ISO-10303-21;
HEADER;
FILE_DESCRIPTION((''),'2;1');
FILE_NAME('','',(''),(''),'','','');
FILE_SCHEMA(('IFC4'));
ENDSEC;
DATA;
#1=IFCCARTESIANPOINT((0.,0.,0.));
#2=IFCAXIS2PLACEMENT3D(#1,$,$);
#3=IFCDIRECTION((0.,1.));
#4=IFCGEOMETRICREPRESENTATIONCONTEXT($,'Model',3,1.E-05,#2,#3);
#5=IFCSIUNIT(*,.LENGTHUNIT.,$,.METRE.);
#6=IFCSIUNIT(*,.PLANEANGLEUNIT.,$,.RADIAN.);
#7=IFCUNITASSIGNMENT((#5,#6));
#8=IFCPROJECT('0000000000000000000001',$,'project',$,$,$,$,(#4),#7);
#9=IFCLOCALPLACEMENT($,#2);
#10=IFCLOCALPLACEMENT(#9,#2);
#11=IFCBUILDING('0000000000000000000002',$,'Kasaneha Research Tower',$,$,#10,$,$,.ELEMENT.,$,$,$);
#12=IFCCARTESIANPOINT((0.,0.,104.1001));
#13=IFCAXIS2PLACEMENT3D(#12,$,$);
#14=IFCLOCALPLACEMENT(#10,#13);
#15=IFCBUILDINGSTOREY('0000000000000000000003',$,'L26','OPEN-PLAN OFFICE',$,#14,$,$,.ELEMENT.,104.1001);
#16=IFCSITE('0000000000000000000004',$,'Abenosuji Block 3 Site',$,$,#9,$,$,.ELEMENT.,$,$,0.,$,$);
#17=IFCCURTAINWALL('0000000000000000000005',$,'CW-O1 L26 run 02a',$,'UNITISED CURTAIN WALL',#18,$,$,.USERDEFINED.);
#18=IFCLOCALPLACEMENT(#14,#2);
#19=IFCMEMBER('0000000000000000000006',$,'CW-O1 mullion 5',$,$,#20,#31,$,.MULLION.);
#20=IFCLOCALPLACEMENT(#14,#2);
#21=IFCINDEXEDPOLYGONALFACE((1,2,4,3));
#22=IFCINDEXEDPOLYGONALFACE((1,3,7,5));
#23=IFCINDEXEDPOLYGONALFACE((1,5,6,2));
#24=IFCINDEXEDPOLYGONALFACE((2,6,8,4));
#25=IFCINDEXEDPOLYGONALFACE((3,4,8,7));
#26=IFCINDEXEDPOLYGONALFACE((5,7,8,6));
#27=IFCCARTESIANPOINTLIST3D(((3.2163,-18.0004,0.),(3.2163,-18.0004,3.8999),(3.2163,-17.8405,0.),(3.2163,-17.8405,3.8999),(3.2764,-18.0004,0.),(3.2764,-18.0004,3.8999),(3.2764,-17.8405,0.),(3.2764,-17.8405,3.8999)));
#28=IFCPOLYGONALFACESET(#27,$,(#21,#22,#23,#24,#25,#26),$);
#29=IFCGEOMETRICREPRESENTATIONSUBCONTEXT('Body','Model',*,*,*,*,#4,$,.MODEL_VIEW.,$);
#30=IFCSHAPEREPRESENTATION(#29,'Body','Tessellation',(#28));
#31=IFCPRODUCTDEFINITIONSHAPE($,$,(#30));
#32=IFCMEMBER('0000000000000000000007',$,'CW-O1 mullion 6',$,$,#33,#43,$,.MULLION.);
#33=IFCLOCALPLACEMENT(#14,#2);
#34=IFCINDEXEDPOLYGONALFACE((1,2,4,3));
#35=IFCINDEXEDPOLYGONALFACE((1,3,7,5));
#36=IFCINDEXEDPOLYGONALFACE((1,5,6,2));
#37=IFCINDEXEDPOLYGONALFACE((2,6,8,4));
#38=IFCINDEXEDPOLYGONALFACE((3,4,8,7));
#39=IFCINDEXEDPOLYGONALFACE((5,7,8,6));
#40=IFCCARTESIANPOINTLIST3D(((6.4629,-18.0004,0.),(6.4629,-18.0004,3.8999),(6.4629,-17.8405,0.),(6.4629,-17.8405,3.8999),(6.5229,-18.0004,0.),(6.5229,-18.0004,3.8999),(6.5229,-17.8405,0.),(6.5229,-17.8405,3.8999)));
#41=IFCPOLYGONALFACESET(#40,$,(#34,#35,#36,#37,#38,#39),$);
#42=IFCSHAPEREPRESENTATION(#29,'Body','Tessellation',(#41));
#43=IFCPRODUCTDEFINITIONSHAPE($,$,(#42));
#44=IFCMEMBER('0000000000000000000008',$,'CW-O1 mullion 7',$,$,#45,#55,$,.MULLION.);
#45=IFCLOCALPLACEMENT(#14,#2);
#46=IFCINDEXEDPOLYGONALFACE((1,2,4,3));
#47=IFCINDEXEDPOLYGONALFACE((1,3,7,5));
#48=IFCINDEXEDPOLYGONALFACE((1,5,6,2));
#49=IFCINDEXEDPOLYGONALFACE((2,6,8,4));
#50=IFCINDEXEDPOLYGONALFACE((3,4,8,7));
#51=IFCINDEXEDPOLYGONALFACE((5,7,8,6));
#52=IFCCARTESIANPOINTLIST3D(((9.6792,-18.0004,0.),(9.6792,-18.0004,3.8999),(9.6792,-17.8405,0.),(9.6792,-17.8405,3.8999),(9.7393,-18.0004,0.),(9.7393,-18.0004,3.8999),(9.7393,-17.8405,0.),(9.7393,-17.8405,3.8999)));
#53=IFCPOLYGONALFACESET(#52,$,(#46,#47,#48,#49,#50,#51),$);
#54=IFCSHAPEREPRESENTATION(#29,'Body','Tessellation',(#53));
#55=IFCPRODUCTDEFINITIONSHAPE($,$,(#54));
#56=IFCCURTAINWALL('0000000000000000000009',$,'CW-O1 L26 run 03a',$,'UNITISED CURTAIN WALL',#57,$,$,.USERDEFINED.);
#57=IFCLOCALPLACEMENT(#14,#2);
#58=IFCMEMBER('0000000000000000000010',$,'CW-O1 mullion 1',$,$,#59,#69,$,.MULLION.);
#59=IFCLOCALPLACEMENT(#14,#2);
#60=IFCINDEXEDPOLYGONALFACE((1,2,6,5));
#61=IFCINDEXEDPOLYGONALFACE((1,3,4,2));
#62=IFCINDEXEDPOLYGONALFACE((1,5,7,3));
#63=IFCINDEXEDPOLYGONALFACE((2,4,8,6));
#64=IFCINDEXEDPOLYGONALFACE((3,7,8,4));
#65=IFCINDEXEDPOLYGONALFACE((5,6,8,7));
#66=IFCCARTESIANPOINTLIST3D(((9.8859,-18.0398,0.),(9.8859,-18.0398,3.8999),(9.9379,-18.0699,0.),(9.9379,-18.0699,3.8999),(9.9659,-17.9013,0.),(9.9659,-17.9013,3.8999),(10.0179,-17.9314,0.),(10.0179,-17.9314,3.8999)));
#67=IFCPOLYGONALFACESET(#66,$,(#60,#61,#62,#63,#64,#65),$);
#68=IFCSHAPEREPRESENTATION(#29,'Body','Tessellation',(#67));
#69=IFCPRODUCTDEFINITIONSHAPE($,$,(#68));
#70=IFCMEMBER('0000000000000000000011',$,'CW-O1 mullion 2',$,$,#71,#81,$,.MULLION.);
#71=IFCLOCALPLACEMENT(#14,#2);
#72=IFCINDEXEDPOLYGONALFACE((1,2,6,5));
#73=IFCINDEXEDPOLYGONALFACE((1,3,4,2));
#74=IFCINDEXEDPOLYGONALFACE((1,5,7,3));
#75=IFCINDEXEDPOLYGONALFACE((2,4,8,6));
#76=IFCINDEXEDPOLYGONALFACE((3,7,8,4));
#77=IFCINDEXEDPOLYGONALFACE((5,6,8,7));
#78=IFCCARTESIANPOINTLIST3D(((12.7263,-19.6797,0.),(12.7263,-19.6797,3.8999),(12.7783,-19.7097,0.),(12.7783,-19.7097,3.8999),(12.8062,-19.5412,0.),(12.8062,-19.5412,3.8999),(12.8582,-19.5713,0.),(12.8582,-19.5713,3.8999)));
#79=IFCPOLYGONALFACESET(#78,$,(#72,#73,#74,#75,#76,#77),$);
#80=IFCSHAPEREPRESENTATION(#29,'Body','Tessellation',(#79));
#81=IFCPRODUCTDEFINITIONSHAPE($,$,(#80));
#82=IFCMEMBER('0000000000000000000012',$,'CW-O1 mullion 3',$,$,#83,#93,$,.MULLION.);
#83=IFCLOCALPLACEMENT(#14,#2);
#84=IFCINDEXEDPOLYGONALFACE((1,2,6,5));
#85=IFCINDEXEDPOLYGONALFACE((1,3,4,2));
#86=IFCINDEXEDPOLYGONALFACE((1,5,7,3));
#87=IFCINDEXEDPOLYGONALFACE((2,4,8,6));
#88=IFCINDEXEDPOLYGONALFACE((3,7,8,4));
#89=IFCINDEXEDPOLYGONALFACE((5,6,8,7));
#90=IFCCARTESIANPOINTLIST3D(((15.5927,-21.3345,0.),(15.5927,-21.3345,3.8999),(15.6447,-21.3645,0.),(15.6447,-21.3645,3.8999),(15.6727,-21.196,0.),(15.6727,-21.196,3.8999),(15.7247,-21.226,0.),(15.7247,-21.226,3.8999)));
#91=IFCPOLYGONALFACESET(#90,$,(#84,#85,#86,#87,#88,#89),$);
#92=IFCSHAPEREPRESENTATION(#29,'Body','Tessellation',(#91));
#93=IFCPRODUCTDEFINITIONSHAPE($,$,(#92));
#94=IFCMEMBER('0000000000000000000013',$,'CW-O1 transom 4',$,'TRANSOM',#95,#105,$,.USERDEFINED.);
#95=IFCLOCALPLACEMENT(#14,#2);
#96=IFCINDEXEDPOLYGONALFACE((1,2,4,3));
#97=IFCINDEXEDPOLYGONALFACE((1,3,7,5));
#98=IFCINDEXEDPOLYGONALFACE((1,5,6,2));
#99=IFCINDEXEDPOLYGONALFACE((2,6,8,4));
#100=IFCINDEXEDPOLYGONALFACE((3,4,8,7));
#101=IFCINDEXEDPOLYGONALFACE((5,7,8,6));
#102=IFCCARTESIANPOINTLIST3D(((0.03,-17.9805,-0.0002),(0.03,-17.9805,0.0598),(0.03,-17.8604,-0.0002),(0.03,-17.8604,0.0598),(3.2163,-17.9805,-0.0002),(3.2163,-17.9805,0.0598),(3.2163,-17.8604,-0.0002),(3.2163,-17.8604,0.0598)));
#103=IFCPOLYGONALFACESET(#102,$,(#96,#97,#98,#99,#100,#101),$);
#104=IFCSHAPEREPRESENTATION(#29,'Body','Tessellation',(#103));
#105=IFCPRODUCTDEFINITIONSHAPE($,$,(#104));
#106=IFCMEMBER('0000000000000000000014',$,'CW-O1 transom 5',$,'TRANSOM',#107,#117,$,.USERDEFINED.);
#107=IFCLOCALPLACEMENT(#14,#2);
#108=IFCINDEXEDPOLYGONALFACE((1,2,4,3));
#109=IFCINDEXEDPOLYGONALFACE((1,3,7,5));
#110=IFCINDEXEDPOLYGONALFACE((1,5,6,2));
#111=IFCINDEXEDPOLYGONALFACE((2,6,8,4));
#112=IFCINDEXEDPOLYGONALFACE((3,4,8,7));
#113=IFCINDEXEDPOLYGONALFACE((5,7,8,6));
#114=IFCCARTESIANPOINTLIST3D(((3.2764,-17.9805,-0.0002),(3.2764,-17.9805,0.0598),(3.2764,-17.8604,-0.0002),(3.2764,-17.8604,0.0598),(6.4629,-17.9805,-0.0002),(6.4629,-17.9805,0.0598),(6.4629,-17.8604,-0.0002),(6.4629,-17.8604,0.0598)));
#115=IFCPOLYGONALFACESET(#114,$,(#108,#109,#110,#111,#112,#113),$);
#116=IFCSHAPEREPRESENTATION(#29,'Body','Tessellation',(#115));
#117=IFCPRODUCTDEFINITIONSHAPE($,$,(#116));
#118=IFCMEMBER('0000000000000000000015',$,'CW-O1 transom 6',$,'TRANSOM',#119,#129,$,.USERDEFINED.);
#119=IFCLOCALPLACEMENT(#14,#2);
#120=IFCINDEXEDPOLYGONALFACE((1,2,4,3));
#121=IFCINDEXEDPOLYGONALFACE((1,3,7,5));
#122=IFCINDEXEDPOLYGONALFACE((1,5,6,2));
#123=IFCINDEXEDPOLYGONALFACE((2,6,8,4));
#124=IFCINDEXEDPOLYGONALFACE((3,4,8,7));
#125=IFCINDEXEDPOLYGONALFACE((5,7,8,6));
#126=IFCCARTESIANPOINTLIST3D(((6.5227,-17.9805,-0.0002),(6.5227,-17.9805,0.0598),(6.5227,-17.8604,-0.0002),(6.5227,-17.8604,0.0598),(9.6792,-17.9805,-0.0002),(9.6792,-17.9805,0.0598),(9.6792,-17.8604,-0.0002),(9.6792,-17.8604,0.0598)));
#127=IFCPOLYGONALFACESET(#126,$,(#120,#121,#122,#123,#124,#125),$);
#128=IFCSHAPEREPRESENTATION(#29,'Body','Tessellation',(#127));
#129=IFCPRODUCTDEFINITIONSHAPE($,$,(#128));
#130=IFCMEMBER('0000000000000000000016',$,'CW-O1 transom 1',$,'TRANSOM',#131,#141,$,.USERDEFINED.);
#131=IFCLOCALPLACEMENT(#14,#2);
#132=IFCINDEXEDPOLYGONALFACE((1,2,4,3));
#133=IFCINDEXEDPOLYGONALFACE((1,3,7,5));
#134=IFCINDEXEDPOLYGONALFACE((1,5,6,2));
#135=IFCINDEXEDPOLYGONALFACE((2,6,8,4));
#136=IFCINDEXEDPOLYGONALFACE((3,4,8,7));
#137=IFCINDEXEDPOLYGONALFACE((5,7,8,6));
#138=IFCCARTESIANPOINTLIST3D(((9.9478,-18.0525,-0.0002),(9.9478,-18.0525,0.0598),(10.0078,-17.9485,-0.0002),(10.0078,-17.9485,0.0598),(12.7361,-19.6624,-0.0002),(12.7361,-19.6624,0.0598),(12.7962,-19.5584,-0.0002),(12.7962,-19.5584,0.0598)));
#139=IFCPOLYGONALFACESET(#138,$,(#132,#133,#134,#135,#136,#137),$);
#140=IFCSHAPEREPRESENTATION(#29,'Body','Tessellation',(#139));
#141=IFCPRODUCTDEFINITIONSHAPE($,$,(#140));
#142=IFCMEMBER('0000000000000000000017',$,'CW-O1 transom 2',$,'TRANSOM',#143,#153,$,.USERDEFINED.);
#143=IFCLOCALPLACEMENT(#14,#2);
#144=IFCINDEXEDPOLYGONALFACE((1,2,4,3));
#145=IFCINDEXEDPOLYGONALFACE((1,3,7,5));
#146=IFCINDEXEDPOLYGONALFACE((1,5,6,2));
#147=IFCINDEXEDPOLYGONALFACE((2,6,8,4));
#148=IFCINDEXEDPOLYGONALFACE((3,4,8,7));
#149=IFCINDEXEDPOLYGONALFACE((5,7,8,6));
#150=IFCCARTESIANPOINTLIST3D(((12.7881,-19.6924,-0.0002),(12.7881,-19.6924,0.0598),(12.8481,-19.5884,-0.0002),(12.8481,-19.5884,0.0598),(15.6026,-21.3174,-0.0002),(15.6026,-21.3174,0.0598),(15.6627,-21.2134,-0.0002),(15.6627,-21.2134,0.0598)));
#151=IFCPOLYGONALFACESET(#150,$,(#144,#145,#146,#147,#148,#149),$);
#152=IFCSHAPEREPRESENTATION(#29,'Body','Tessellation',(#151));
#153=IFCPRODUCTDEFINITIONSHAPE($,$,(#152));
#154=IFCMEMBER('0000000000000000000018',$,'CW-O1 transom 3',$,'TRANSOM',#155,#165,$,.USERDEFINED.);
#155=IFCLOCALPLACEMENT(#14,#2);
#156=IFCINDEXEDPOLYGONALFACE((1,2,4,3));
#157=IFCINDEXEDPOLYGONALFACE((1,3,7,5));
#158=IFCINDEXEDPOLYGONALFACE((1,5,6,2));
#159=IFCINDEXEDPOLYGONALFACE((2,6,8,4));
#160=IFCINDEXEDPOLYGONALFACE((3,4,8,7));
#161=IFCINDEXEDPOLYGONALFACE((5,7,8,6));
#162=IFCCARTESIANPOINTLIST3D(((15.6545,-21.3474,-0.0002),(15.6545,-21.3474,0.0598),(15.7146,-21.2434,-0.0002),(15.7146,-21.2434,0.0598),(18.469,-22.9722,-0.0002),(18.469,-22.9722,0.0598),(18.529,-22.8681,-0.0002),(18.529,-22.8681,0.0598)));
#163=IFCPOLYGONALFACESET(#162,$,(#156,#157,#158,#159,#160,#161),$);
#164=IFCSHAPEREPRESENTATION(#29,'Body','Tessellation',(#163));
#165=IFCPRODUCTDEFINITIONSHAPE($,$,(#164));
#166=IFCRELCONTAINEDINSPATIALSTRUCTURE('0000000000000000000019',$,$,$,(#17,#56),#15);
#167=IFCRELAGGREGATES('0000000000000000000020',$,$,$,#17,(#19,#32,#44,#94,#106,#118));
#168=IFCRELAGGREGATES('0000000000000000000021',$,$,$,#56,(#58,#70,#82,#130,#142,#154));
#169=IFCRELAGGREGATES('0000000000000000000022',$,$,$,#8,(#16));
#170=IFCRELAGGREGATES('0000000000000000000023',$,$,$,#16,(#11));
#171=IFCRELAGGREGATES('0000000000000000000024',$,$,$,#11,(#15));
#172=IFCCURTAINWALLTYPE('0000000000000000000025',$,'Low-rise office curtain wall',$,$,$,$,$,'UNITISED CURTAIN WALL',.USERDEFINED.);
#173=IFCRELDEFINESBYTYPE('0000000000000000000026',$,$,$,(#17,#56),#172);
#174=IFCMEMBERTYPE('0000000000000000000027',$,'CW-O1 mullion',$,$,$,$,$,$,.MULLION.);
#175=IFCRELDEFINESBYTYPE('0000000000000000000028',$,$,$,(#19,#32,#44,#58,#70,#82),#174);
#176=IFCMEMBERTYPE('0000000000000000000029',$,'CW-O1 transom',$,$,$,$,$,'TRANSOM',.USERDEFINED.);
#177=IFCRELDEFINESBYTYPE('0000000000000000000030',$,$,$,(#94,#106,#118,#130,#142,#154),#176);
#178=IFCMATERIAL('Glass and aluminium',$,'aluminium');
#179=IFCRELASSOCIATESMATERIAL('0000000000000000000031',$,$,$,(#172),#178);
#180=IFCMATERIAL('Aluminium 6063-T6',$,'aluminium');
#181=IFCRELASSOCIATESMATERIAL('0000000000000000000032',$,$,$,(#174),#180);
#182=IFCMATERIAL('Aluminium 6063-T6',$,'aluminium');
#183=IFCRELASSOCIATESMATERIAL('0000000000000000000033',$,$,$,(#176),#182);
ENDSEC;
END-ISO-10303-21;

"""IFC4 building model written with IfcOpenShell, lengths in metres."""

from ifc_helpers import new_model, si_unit, direction, frame, origin, origin_2d, place, context, subcontext, project, spatial, rectangle, extrude, material, material_profile, profile_set, type_object, element, aggregate, save


model = new_model("IFC4")

# Units and contexts
model_context = context("Model", 3, precision=1e-05, world=origin(), true_north=direction((0.0, 1.0)))
body_context = subcontext(model_context, "Body", "Model", "MODEL_VIEW")
ifc_project = project(units=[si_unit("LENGTHUNIT", "METRE"), si_unit("PLANEANGLEUNIT", "RADIAN")], contexts=[model_context])

# Site, building, storey
site_placement = place(None, origin())
site = spatial("IfcSite", under=ifc_project, at=site_placement, Name="Abenosuji Block 3 Site", CompositionType="ELEMENT", RefElevation=0.0)
building_placement = place(site_placement, origin())
building = spatial("IfcBuilding", under=site, at=building_placement, Name="Kasaneha Research Tower", CompositionType="ELEMENT")
storey_placement = place(building_placement, frame((0.0, 0.0, 104.1001)))
storey = spatial("IfcBuildingStorey", under=building, at=storey_placement, Name="L26", Description="OPEN-PLAN OFFICE", CompositionType="ELEMENT", Elevation=104.1001)

# Curtain walls, members
ifc_material_1 = material(Name="Glass and aluminium", Category="aluminium")
curtain_wall_type = type_object("IfcCurtainWallType", Name="Low-rise office curtain wall", ElementType="UNITISED CURTAIN WALL", PredefinedType="USERDEFINED", material=ifc_material_1)
curtain_wall_1_placement = place(storey_placement, origin())
curtain_wall_1 = element("IfcCurtainWall", 1, at=curtain_wall_1_placement, inside=storey, type_object=curtain_wall_type, Name="CW-O1 L26 run 02a", ObjectType="UNITISED CURTAIN WALL", PredefinedType="USERDEFINED")
ifc_material_2 = material(Name="Aluminium 6063-T6", Category="aluminium")
ifc_material_profile_1 = material_profile(ifc_material_2, rectangle(XDim=0.0601, YDim=0.1599, at=origin_2d()), Name="CW-O1 mullion 60x160")
ifc_profile_set_1 = profile_set([ifc_material_profile_1], Name="Aluminium 6063-T6")
member_type_1 = type_object("IfcMemberType", Name="CW-O1 mullion", PredefinedType="MULLION", material=ifc_profile_set_1)
member_1_placement = place(storey_placement, frame((3.2463, -17.9204, 0.0), z_axis=(0.0, 0.0, 1.0), x_axis=(1.0, 0.0, 0.0)))
member_1 = element("IfcMember", 2, at=member_1_placement, type_object=member_type_1, Name="CW-O1 mullion 5", PredefinedType="MULLION", context=body_context, shape_type="SweptSolid", body=[
    extrude(rectangle(XDim=0.0601, YDim=0.1599, at=origin_2d()), origin(), (0.0, 0.0, 1.0), 3.8999),
])
member_2_placement = place(storey_placement, frame((6.4929, -17.9204, 0.0), z_axis=(0.0, 0.0, 1.0), x_axis=(1.0, 0.0, 0.0)))
member_2 = element("IfcMember", 3, at=member_2_placement, type_object=member_type_1, Name="CW-O1 mullion 6", PredefinedType="MULLION", context=body_context, shape_type="SweptSolid", body=[
    extrude(rectangle(XDim=0.0601, YDim=0.1599, at=origin_2d()), origin(), (0.0, 0.0, 1.0), 3.8999),
])
member_3_placement = place(storey_placement, frame((9.7092, -17.9204, 0.0), z_axis=(0.0, 0.0, 1.0), x_axis=(1.0, 0.0, 0.0)))
member_3 = element("IfcMember", 4, at=member_3_placement, type_object=member_type_1, Name="CW-O1 mullion 7", PredefinedType="MULLION", context=body_context, shape_type="SweptSolid", body=[
    extrude(rectangle(XDim=0.0601, YDim=0.1599, at=origin_2d()), origin(), (0.0, 0.0, 1.0), 3.8999),
])
curtain_wall_2_placement = place(storey_placement, origin())
curtain_wall_2 = element("IfcCurtainWall", 5, at=curtain_wall_2_placement, inside=storey, type_object=curtain_wall_type, Name="CW-O1 L26 run 03a", ObjectType="UNITISED CURTAIN WALL", PredefinedType="USERDEFINED")
member_4_placement = place(storey_placement, frame((9.9519, -17.9856, 0.0), z_axis=(0.0, 0.0, 1.0), x_axis=(0.866025, -0.5, 0.0)))
member_4 = element("IfcMember", 6, at=member_4_placement, type_object=member_type_1, Name="CW-O1 mullion 1", PredefinedType="MULLION", context=body_context, shape_type="SweptSolid", body=[
    extrude(rectangle(XDim=0.0601, YDim=0.1599, at=origin_2d()), origin(), (0.0, 0.0, 1.0), 3.8999),
])
member_5_placement = place(storey_placement, frame((12.7922, -19.6255, 0.0), z_axis=(0.0, 0.0, 1.0), x_axis=(0.866025, -0.5, 0.0)))
member_5 = element("IfcMember", 7, at=member_5_placement, type_object=member_type_1, Name="CW-O1 mullion 2", PredefinedType="MULLION", context=body_context, shape_type="SweptSolid", body=[
    extrude(rectangle(XDim=0.0601, YDim=0.1599, at=origin_2d()), origin(), (0.0, 0.0, 1.0), 3.8999),
])
member_6_placement = place(storey_placement, frame((15.6587, -21.2803, 0.0), z_axis=(0.0, 0.0, 1.0), x_axis=(0.866025, -0.5, 0.0)))
member_6 = element("IfcMember", 8, at=member_6_placement, type_object=member_type_1, Name="CW-O1 mullion 3", PredefinedType="MULLION", context=body_context, shape_type="SweptSolid", body=[
    extrude(rectangle(XDim=0.0601, YDim=0.1599, at=origin_2d()), origin(), (0.0, 0.0, 1.0), 3.8999),
])

# Members
ifc_material_3 = material(Name="Aluminium 6063-T6", Category="aluminium")
ifc_material_profile_2 = material_profile(ifc_material_3, rectangle(XDim=0.1201, YDim=0.0601, at=origin_2d()), Name="CW-O1 transom 120x60")
ifc_profile_set_2 = profile_set([ifc_material_profile_2], Name="Aluminium 6063-T6")
member_type_2 = type_object("IfcMemberType", Name="CW-O1 transom", ElementType="TRANSOM", PredefinedType="USERDEFINED", material=ifc_profile_set_2)
member_7_placement = place(storey_placement, frame((0.03, -17.9204, 0.0298), z_axis=(1.0, 0.0, 0.0), x_axis=(0.0, 1.0, 0.0)))
member_7 = element("IfcMember", 9, at=member_7_placement, type_object=member_type_2, Name="CW-O1 transom 4", ObjectType="TRANSOM", PredefinedType="USERDEFINED", context=body_context, shape_type="SweptSolid", body=[
    extrude(rectangle(XDim=0.1201, YDim=0.0601, at=origin_2d()), origin(), (0.0, 0.0, 1.0), 3.1863),
])
member_8_placement = place(storey_placement, frame((3.2764, -17.9204, 0.0298), z_axis=(1.0, 0.0, 0.0), x_axis=(0.0, 1.0, 0.0)))
member_8 = element("IfcMember", 10, at=member_8_placement, type_object=member_type_2, Name="CW-O1 transom 5", ObjectType="TRANSOM", PredefinedType="USERDEFINED", context=body_context, shape_type="SweptSolid", body=[
    extrude(rectangle(XDim=0.1201, YDim=0.0601, at=origin_2d()), origin(), (0.0, 0.0, 1.0), 3.1865),
])
member_9_placement = place(storey_placement, frame((6.5227, -17.9204, 0.0298), z_axis=(1.0, 0.0, 0.0), x_axis=(0.0, 1.0, 0.0)))
member_9 = element("IfcMember", 11, at=member_9_placement, type_object=member_type_2, Name="CW-O1 transom 6", ObjectType="TRANSOM", PredefinedType="USERDEFINED", context=body_context, shape_type="SweptSolid", body=[
    extrude(rectangle(XDim=0.1201, YDim=0.0601, at=origin_2d()), origin(), (0.0, 0.0, 1.0), 3.1565),
])
member_10_placement = place(storey_placement, frame((9.9778, -18.0005, 0.0298), z_axis=(0.866023, -0.500005, 0.0), x_axis=(0.500005, 0.866023, 0.0)))
member_10 = element("IfcMember", 12, at=member_10_placement, type_object=member_type_2, Name="CW-O1 transom 1", ObjectType="TRANSOM", PredefinedType="USERDEFINED", context=body_context, shape_type="SweptSolid", body=[
    extrude(rectangle(XDim=0.1201, YDim=0.0601, at=origin_2d()), origin(), (0.0, 0.0, 1.0), 3.2197),
])
member_11_placement = place(storey_placement, frame((12.8181, -19.6404, 0.0298), z_axis=(0.866015, -0.500017, 0.0), x_axis=(0.500017, 0.866015, 0.0)))
member_11 = element("IfcMember", 13, at=member_11_placement, type_object=member_type_2, Name="CW-O1 transom 2", ObjectType="TRANSOM", PredefinedType="USERDEFINED", context=body_context, shape_type="SweptSolid", body=[
    extrude(rectangle(XDim=0.1201, YDim=0.0601, at=origin_2d()), origin(), (0.0, 0.0, 1.0), 3.25),
])
member_12_placement = place(storey_placement, frame((15.6846, -21.2954, 0.0298), z_axis=(0.866048, -0.499961, 0.0), x_axis=(0.499961, 0.866048, 0.0)))
member_12 = element("IfcMember", 14, at=member_12_placement, type_object=member_type_2, Name="CW-O1 transom 3", ObjectType="TRANSOM", PredefinedType="USERDEFINED", context=body_context, shape_type="SweptSolid", body=[
    extrude(rectangle(XDim=0.1201, YDim=0.0601, at=origin_2d()), origin(), (0.0, 0.0, 1.0), 3.2498),
])

aggregate(curtain_wall_1, [member_1, member_2, member_3, member_7, member_8, member_9])
aggregate(curtain_wall_2, [member_4, member_5, member_6, member_10, member_11, member_12])

save(model, "model.ifc")
